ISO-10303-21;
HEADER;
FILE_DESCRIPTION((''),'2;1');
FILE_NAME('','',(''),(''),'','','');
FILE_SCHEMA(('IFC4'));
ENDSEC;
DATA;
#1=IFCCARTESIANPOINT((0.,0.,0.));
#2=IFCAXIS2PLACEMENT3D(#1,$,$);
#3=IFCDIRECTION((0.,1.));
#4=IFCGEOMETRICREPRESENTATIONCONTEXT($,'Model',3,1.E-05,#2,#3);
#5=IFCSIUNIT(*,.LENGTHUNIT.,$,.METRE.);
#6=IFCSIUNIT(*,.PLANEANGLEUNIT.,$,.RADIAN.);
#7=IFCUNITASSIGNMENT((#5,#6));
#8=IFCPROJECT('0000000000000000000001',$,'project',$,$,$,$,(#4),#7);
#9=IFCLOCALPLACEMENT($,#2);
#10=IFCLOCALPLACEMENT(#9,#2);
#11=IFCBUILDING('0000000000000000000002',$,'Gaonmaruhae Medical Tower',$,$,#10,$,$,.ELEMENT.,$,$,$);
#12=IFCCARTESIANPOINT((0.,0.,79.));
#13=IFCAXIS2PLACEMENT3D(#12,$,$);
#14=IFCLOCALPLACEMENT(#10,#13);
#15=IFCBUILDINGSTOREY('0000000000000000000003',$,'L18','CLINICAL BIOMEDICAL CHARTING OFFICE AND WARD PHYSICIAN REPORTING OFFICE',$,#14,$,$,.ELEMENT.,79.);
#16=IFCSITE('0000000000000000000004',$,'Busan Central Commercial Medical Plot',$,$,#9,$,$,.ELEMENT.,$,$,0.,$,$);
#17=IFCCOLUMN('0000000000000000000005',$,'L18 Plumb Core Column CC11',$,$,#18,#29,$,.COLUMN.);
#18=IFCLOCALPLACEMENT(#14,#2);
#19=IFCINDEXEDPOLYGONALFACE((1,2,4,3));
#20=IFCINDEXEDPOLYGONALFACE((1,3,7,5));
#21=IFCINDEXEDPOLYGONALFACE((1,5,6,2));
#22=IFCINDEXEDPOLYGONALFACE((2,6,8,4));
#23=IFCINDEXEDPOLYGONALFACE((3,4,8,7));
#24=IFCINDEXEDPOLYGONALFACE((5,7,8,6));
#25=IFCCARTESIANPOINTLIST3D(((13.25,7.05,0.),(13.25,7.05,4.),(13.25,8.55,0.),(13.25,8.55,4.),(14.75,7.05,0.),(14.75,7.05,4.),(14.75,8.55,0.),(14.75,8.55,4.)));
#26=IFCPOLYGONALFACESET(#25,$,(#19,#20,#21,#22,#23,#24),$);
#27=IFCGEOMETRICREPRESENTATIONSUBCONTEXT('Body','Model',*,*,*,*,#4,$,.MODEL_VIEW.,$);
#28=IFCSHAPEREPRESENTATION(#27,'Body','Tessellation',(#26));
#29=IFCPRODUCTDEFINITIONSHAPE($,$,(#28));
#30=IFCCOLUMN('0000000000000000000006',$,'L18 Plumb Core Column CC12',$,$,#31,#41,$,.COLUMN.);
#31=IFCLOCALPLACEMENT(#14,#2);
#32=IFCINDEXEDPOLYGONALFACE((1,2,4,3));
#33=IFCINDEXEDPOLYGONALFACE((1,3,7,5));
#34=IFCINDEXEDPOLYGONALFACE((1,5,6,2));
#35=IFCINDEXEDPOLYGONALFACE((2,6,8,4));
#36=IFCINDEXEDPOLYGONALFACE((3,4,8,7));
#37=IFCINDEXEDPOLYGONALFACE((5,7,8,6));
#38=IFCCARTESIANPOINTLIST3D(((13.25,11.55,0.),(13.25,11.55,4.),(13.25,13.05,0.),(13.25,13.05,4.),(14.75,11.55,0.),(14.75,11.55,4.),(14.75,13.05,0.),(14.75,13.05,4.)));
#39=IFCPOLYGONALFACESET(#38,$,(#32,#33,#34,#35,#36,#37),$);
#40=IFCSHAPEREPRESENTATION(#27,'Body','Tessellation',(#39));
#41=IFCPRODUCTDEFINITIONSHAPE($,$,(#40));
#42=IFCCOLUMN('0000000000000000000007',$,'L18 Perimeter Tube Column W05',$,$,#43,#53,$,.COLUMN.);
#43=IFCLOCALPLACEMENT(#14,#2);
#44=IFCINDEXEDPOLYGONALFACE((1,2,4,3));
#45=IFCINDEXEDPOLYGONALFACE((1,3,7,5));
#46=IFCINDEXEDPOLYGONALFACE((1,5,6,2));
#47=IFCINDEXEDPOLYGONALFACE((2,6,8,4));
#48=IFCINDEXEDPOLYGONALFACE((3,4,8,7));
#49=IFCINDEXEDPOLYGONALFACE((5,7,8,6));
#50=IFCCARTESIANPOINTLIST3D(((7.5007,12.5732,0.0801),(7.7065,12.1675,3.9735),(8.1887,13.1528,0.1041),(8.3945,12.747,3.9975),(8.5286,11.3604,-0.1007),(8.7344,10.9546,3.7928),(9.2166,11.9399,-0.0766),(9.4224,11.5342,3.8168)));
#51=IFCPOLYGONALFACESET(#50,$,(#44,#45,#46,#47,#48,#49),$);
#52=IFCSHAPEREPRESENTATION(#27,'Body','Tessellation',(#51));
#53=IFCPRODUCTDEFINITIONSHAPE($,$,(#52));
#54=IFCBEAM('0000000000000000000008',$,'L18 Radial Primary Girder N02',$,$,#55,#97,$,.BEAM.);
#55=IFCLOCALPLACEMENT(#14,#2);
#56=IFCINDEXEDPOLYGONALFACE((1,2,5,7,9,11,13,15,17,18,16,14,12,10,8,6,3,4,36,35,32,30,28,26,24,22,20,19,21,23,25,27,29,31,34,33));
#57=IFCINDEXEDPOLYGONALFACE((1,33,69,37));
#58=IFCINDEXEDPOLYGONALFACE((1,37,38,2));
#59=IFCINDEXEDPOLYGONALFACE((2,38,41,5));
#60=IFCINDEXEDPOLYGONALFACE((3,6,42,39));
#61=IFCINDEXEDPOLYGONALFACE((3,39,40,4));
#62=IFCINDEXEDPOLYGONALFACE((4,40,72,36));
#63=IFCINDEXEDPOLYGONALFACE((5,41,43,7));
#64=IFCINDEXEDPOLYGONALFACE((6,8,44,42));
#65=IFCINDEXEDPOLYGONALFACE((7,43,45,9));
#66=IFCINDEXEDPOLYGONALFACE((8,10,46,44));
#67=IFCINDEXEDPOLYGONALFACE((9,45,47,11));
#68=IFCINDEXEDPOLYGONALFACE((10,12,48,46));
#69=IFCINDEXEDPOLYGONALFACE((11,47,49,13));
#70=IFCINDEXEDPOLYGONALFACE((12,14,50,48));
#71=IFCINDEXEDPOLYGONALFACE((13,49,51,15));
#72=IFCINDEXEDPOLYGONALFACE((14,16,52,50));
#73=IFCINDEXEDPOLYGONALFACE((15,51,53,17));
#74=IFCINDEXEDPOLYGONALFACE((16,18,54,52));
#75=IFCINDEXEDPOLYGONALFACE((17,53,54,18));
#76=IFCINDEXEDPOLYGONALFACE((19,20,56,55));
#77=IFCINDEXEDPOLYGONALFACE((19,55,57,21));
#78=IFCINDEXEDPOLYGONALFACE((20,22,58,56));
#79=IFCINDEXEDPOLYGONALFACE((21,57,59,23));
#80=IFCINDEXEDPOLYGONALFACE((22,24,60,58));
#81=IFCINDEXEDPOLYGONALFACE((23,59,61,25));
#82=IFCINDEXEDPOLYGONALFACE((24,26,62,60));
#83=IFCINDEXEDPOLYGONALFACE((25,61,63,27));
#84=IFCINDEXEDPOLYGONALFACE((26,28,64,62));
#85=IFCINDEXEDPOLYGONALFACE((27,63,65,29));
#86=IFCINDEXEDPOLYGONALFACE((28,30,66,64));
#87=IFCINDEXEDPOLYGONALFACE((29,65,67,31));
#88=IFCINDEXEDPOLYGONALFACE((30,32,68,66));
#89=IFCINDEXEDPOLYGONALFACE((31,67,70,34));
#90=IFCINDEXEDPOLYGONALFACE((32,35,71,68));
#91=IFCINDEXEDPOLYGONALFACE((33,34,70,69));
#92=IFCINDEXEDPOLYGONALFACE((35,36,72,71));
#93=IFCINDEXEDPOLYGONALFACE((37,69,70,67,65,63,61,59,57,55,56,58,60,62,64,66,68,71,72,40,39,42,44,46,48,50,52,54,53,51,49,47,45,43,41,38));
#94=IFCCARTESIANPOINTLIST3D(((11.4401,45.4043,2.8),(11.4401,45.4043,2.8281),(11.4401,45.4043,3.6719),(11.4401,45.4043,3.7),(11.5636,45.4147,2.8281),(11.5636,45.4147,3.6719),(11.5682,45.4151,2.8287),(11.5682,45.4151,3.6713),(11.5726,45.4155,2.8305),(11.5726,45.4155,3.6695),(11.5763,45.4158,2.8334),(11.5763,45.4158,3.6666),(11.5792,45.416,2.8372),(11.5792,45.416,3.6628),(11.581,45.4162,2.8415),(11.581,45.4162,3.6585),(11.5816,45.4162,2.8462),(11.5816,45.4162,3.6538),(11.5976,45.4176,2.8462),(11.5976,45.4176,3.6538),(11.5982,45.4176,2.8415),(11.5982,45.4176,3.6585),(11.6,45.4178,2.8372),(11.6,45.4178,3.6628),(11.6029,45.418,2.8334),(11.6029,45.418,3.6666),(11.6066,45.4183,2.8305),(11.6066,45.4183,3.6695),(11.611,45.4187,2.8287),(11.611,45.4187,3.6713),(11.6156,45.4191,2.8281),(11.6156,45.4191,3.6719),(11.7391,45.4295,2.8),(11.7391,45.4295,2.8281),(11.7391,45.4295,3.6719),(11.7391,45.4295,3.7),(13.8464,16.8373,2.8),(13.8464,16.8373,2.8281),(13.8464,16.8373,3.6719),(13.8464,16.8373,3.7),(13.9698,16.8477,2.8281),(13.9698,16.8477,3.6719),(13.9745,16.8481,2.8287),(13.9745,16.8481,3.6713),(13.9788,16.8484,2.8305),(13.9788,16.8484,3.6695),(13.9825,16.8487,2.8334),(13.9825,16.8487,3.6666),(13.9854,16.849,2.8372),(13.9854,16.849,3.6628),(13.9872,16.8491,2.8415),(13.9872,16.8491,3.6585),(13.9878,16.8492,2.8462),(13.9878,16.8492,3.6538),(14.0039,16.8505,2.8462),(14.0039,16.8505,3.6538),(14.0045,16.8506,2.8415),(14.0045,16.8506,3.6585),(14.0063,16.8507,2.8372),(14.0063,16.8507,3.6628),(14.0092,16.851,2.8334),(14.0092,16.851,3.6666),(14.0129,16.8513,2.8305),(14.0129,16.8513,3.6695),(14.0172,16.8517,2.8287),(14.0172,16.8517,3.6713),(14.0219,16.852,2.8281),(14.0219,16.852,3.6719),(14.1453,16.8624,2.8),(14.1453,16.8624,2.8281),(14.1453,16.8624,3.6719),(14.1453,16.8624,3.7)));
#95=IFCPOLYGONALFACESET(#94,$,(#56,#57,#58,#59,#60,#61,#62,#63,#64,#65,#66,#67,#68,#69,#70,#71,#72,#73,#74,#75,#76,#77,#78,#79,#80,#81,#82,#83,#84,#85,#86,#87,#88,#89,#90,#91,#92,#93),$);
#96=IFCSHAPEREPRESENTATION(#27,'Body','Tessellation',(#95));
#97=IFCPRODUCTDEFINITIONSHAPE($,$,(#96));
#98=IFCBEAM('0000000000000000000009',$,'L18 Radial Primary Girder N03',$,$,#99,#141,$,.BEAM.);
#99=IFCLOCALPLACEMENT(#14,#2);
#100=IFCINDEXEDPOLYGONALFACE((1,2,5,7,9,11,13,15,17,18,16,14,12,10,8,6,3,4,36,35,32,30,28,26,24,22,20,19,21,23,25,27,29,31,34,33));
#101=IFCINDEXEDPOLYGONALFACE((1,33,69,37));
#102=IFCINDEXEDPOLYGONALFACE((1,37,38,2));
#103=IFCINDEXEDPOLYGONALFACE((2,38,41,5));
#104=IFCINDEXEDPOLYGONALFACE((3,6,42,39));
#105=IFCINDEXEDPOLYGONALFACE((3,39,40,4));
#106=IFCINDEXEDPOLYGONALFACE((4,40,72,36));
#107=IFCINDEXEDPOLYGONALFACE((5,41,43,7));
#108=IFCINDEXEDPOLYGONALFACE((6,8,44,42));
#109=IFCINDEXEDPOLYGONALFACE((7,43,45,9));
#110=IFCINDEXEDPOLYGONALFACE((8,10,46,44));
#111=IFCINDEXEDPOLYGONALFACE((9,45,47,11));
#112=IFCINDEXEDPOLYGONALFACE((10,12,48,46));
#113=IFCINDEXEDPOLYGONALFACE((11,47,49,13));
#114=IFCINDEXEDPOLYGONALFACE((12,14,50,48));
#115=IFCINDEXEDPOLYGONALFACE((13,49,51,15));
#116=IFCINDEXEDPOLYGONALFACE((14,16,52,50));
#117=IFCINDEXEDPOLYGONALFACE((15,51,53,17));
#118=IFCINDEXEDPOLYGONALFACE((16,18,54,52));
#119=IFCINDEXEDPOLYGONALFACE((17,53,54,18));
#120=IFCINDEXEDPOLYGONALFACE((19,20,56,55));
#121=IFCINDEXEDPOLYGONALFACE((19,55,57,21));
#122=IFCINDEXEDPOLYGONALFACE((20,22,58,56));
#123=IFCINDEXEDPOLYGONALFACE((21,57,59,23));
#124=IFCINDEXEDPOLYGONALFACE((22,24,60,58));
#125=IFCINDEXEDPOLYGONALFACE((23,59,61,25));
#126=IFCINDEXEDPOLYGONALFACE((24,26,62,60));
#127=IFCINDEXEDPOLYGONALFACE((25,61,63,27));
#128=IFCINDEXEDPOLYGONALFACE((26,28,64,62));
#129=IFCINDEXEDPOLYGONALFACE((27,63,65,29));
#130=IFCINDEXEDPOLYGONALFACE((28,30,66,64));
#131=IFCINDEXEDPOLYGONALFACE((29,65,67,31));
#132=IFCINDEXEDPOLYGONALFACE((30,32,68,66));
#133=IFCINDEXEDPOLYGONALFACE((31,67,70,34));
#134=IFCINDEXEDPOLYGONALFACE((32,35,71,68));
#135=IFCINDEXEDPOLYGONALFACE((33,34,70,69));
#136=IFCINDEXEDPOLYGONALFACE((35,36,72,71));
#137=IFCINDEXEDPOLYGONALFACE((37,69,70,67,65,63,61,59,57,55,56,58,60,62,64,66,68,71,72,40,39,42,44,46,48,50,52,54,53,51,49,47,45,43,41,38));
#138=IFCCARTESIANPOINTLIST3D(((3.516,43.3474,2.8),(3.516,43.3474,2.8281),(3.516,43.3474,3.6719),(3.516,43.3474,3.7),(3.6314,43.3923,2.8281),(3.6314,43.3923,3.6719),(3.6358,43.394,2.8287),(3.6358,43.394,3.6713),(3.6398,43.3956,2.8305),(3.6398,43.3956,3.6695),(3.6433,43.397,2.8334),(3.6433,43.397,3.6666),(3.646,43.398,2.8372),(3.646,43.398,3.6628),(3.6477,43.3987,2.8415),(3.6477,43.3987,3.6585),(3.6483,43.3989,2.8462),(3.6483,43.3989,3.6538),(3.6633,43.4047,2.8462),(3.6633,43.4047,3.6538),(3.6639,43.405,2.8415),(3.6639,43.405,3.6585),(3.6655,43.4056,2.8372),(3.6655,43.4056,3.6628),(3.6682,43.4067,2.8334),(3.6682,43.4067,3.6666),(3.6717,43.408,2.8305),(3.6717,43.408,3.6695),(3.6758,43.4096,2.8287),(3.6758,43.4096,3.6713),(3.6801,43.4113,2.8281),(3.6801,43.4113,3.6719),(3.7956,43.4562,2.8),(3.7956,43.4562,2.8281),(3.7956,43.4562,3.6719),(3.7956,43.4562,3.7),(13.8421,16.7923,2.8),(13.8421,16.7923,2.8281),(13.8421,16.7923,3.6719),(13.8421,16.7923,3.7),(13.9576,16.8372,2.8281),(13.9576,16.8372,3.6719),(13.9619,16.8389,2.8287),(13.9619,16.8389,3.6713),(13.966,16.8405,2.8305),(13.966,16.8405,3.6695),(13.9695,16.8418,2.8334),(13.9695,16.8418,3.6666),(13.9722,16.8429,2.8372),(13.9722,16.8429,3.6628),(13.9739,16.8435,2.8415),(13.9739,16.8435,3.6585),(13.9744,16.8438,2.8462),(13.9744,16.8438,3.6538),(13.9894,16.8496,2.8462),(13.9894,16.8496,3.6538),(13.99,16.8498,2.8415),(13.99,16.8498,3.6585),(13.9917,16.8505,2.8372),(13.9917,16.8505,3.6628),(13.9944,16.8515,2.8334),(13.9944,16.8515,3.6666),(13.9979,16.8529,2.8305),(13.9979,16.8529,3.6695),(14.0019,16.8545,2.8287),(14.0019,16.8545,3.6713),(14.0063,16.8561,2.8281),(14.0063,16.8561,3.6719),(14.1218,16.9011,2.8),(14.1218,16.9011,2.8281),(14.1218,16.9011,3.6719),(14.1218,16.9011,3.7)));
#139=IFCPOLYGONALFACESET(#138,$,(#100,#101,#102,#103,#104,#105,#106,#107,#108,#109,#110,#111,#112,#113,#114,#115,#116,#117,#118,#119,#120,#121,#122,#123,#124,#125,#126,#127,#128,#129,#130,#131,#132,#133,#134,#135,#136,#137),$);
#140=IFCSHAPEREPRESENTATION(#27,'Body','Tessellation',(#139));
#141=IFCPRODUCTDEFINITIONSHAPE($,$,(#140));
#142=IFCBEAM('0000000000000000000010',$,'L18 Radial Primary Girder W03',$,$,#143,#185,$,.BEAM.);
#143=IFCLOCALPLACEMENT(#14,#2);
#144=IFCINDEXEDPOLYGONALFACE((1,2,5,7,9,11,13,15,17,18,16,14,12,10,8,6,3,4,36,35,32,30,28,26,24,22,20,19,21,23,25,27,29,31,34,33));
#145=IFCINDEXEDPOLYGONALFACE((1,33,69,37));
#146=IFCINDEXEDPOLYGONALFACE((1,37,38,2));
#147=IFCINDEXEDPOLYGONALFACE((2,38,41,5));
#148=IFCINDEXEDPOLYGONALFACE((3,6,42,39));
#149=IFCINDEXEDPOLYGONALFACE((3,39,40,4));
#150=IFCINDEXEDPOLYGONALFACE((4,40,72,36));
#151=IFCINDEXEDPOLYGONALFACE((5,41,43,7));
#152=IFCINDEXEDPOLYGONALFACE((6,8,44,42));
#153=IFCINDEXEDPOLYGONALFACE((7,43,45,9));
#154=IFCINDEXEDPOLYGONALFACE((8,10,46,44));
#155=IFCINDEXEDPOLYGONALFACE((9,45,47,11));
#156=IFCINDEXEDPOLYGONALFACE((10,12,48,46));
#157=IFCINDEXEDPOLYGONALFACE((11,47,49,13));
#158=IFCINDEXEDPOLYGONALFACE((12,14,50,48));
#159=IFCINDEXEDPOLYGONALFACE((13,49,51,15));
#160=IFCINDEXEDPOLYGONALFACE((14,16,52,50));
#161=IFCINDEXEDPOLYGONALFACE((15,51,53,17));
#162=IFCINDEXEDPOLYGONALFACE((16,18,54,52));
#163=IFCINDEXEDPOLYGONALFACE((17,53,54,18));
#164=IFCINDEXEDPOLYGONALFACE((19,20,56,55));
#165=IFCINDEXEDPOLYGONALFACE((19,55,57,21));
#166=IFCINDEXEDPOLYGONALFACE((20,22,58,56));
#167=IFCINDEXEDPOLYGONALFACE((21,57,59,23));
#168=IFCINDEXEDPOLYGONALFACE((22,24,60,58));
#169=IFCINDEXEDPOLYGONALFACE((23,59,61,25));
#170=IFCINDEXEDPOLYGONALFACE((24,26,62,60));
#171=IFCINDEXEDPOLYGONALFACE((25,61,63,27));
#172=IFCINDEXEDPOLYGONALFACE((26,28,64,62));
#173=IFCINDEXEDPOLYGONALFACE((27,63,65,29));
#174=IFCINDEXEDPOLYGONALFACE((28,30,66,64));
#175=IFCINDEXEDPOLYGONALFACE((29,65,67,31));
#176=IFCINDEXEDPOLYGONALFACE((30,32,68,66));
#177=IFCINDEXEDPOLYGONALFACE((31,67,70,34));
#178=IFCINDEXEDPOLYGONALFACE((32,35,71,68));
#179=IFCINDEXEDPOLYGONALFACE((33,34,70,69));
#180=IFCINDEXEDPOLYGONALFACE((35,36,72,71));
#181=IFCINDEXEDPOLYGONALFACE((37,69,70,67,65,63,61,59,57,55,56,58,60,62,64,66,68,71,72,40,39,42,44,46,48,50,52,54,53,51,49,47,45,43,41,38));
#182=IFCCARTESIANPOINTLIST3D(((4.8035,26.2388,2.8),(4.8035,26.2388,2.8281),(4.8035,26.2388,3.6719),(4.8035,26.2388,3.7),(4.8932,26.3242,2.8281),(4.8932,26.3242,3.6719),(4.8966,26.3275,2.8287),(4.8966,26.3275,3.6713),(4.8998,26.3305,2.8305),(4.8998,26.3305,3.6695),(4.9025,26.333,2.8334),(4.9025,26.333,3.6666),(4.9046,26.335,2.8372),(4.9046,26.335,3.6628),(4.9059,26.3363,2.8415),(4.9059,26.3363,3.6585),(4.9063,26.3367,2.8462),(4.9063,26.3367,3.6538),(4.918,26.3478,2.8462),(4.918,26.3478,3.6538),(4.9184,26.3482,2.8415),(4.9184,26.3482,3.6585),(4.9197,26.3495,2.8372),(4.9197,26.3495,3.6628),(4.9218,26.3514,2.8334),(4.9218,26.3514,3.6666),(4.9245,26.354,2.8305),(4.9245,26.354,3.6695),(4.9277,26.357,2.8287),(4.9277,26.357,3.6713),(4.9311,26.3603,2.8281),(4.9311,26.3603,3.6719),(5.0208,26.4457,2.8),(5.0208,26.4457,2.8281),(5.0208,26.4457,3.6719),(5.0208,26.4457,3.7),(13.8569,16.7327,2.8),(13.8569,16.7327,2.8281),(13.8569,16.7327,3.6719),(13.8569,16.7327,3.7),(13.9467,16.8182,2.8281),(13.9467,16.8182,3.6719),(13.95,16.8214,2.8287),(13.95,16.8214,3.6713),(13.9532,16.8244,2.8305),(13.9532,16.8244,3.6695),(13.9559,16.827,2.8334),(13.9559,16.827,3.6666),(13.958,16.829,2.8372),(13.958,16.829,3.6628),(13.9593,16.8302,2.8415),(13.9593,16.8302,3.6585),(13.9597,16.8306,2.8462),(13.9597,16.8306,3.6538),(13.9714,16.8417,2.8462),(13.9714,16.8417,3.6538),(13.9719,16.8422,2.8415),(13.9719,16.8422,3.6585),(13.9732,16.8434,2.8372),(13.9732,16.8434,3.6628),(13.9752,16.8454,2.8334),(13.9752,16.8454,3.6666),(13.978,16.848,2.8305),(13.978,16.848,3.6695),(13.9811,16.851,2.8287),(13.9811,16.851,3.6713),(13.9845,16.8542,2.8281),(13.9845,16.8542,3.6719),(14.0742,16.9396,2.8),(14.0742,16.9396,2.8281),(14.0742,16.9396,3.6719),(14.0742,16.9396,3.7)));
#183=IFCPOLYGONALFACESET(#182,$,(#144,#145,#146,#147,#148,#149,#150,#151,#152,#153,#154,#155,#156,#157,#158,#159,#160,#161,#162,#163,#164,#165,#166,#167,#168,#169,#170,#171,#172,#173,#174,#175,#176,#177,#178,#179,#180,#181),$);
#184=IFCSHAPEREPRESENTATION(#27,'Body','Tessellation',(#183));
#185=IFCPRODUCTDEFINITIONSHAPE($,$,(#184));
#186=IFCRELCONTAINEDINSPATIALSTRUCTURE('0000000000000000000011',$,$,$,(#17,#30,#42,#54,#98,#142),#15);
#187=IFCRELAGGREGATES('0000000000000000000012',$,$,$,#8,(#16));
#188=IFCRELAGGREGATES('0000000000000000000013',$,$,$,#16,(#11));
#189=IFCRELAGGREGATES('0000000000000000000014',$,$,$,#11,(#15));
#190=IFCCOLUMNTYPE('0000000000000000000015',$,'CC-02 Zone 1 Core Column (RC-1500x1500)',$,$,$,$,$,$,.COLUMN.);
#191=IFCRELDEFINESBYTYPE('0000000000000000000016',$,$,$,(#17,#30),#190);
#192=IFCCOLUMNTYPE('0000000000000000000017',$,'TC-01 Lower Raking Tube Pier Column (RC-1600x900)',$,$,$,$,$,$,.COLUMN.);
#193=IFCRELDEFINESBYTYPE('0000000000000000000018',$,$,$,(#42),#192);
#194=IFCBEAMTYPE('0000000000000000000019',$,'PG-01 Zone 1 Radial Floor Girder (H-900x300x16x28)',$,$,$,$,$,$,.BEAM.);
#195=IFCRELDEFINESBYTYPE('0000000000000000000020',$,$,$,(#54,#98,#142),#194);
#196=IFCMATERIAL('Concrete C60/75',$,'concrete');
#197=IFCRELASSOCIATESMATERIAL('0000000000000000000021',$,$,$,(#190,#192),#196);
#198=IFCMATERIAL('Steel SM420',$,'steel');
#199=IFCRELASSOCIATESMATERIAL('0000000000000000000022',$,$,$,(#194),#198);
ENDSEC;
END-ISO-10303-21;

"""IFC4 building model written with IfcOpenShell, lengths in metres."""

from ifc_helpers import new_model, si_unit, direction, frame, origin, origin_2d, place, context, subcontext, project, spatial, rectangle, i_section, extrude, material, material_profile, profile_set, type_object, element, save


model = new_model("IFC4")

# Units and contexts
model_context = context("Model", 3, precision=1e-05, world=origin(), true_north=direction((0.0, 1.0)))
body_context = subcontext(model_context, "Body", "Model", "MODEL_VIEW")
ifc_project = project(units=[si_unit("LENGTHUNIT", "METRE"), si_unit("PLANEANGLEUNIT", "RADIAN")], contexts=[model_context])

# Site, building, storey
site_placement = place(None, origin())
site = spatial("IfcSite", under=ifc_project, at=site_placement, Name="Busan Central Commercial Medical Plot", CompositionType="ELEMENT", RefElevation=0.0)
building_placement = place(site_placement, origin())
building = spatial("IfcBuilding", under=site, at=building_placement, Name="Gaonmaruhae Medical Tower", CompositionType="ELEMENT")
storey_placement = place(building_placement, frame((0.0, 0.0, 79.0)))
storey = spatial("IfcBuildingStorey", under=building, at=storey_placement, Name="L18", Description="CLINICAL BIOMEDICAL CHARTING OFFICE AND WARD PHYSICIAN REPORTING OFFICE", CompositionType="ELEMENT", Elevation=79.0)

# Columns
ifc_material_1 = material(Name="Concrete C60/75", Category="concrete")
ifc_material_profile_1 = material_profile(ifc_material_1, rectangle(XDim=1.5, YDim=1.5, at=origin_2d()), Name="RC-1500x1500")
ifc_profile_set_1 = profile_set([ifc_material_profile_1], Name="Concrete C60/75")
column_type_1 = type_object("IfcColumnType", Name="CC-02 Zone 1 Core Column (RC-1500x1500)", PredefinedType="COLUMN", material=ifc_profile_set_1)
for number, where, z_axis, x_axis, name in (
    (1, (14.0, 7.8, 0.0), (0.0, 0.0, 1.0), (1.0, 0.0, 0.0), "L18 Plumb Core Column CC11"),
    (2, (14.0, 12.3, 0.0), (0.0, 0.0, 1.0), (1.0, 0.0, 0.0), "L18 Plumb Core Column CC12"),
):
    element("IfcColumn", number, at=place(storey_placement, frame(where, z_axis=z_axis, x_axis=x_axis)), inside=storey, type_object=column_type_1, Name=name, PredefinedType="COLUMN", context=body_context, shape_type="SweptSolid", body=[
        extrude(rectangle(XDim=1.5, YDim=1.5, at=origin_2d()), origin(), (0.0, 0.0, 1.0), 4.0),
    ])
ifc_material_profile_2 = material_profile(ifc_material_1, rectangle(XDim=1.6001, YDim=0.8999, at=origin_2d()), Name="RC-1600x900")
ifc_profile_set_2 = profile_set([ifc_material_profile_2], Name="Concrete C60/75")
column_type_2 = type_object("IfcColumnType", Name="TC-01 Lower Raking Tube Pier Column (RC-1600x900)", PredefinedType="COLUMN", material=ifc_profile_set_2)
column_placement = place(storey_placement, frame((8.3586, 12.2566, 0.0017), z_axis=(0.052505, -0.103516, 0.993241), x_axis=(-0.642416, 0.757986, 0.112957)))
element("IfcColumn", 3, at=column_placement, inside=storey, type_object=column_type_2, Name="L18 Perimeter Tube Column W05", PredefinedType="COLUMN", context=body_context, shape_type="SweptSolid", body=[
    extrude(rectangle(XDim=1.6001, YDim=0.8999, at=origin_2d()), origin(), (0.0, 0.0, 1.0), 3.9199),
])

# Beams
ifc_material_2 = material(Name="Steel SM420", Category="steel")
ifc_material_profile_3 = material_profile(ifc_material_2, i_section(OverallWidth=0.3, OverallDepth=0.8999, WebThickness=0.0161, FlangeThickness=0.0281, FilletRadius=0.0181, at=origin_2d()), Name="H-900x300x16x28")
ifc_profile_set_3 = profile_set([ifc_material_profile_3], Name="Steel SM420")
beam_type_1 = type_object("IfcBeamType", Name="PG-01 Zone 1 Radial Floor Girder (H-900x300x16x28)", PredefinedType="BEAM", material=ifc_profile_set_3)
beam_1_placement = place(storey_placement, frame((13.9958, 16.8499, 3.25), z_axis=(-0.083934, 0.996471, 0.0), x_axis=(-0.996471, -0.083934, 0.0)))
element("IfcBeam", 4, at=beam_1_placement, inside=storey, type_object=beam_type_1, Name="L18 Radial Primary Girder N02", PredefinedType="BEAM", context=body_context, shape_type="SweptSolid", body=[
    extrude(i_section(OverallWidth=0.3, OverallDepth=0.8999, WebThickness=0.0161, FlangeThickness=0.0281, FilletRadius=0.0181, at=origin_2d()), origin(), (0.0, 0.0, 1.0), 28.6682),
])
beam_2_placement = place(storey_placement, frame((13.9819, 16.8467, 3.25), z_axis=(-0.362421, 0.932015, 0.0), x_axis=(-0.932015, -0.362421, 0.0)))
element("IfcBeam", 5, at=beam_2_placement, inside=storey, type_object=beam_type_1, Name="L18 Radial Primary Girder N03", PredefinedType="BEAM", context=body_context, shape_type="SweptSolid", body=[
    extrude(i_section(OverallWidth=0.3, OverallDepth=0.8999, WebThickness=0.0161, FlangeThickness=0.0281, FilletRadius=0.0181, at=origin_2d()), origin(), (0.0, 0.0, 1.0), 28.4922),
])
beam_3_placement = place(storey_placement, frame((13.9656, 16.8362, 3.25), z_axis=(-0.689657, 0.724137, 0.0), x_axis=(-0.724137, -0.689657, 0.0)))
element("IfcBeam", 6, at=beam_3_placement, inside=storey, type_object=beam_type_1, Name="L18 Radial Primary Girder W03", PredefinedType="BEAM", context=body_context, shape_type="SweptSolid", body=[
    extrude(i_section(OverallWidth=0.3, OverallDepth=0.8999, WebThickness=0.0161, FlangeThickness=0.0281, FilletRadius=0.0181, at=origin_2d()), origin(), (0.0, 0.0, 1.0), 13.1274),
])

save(model, "model.ifc")
